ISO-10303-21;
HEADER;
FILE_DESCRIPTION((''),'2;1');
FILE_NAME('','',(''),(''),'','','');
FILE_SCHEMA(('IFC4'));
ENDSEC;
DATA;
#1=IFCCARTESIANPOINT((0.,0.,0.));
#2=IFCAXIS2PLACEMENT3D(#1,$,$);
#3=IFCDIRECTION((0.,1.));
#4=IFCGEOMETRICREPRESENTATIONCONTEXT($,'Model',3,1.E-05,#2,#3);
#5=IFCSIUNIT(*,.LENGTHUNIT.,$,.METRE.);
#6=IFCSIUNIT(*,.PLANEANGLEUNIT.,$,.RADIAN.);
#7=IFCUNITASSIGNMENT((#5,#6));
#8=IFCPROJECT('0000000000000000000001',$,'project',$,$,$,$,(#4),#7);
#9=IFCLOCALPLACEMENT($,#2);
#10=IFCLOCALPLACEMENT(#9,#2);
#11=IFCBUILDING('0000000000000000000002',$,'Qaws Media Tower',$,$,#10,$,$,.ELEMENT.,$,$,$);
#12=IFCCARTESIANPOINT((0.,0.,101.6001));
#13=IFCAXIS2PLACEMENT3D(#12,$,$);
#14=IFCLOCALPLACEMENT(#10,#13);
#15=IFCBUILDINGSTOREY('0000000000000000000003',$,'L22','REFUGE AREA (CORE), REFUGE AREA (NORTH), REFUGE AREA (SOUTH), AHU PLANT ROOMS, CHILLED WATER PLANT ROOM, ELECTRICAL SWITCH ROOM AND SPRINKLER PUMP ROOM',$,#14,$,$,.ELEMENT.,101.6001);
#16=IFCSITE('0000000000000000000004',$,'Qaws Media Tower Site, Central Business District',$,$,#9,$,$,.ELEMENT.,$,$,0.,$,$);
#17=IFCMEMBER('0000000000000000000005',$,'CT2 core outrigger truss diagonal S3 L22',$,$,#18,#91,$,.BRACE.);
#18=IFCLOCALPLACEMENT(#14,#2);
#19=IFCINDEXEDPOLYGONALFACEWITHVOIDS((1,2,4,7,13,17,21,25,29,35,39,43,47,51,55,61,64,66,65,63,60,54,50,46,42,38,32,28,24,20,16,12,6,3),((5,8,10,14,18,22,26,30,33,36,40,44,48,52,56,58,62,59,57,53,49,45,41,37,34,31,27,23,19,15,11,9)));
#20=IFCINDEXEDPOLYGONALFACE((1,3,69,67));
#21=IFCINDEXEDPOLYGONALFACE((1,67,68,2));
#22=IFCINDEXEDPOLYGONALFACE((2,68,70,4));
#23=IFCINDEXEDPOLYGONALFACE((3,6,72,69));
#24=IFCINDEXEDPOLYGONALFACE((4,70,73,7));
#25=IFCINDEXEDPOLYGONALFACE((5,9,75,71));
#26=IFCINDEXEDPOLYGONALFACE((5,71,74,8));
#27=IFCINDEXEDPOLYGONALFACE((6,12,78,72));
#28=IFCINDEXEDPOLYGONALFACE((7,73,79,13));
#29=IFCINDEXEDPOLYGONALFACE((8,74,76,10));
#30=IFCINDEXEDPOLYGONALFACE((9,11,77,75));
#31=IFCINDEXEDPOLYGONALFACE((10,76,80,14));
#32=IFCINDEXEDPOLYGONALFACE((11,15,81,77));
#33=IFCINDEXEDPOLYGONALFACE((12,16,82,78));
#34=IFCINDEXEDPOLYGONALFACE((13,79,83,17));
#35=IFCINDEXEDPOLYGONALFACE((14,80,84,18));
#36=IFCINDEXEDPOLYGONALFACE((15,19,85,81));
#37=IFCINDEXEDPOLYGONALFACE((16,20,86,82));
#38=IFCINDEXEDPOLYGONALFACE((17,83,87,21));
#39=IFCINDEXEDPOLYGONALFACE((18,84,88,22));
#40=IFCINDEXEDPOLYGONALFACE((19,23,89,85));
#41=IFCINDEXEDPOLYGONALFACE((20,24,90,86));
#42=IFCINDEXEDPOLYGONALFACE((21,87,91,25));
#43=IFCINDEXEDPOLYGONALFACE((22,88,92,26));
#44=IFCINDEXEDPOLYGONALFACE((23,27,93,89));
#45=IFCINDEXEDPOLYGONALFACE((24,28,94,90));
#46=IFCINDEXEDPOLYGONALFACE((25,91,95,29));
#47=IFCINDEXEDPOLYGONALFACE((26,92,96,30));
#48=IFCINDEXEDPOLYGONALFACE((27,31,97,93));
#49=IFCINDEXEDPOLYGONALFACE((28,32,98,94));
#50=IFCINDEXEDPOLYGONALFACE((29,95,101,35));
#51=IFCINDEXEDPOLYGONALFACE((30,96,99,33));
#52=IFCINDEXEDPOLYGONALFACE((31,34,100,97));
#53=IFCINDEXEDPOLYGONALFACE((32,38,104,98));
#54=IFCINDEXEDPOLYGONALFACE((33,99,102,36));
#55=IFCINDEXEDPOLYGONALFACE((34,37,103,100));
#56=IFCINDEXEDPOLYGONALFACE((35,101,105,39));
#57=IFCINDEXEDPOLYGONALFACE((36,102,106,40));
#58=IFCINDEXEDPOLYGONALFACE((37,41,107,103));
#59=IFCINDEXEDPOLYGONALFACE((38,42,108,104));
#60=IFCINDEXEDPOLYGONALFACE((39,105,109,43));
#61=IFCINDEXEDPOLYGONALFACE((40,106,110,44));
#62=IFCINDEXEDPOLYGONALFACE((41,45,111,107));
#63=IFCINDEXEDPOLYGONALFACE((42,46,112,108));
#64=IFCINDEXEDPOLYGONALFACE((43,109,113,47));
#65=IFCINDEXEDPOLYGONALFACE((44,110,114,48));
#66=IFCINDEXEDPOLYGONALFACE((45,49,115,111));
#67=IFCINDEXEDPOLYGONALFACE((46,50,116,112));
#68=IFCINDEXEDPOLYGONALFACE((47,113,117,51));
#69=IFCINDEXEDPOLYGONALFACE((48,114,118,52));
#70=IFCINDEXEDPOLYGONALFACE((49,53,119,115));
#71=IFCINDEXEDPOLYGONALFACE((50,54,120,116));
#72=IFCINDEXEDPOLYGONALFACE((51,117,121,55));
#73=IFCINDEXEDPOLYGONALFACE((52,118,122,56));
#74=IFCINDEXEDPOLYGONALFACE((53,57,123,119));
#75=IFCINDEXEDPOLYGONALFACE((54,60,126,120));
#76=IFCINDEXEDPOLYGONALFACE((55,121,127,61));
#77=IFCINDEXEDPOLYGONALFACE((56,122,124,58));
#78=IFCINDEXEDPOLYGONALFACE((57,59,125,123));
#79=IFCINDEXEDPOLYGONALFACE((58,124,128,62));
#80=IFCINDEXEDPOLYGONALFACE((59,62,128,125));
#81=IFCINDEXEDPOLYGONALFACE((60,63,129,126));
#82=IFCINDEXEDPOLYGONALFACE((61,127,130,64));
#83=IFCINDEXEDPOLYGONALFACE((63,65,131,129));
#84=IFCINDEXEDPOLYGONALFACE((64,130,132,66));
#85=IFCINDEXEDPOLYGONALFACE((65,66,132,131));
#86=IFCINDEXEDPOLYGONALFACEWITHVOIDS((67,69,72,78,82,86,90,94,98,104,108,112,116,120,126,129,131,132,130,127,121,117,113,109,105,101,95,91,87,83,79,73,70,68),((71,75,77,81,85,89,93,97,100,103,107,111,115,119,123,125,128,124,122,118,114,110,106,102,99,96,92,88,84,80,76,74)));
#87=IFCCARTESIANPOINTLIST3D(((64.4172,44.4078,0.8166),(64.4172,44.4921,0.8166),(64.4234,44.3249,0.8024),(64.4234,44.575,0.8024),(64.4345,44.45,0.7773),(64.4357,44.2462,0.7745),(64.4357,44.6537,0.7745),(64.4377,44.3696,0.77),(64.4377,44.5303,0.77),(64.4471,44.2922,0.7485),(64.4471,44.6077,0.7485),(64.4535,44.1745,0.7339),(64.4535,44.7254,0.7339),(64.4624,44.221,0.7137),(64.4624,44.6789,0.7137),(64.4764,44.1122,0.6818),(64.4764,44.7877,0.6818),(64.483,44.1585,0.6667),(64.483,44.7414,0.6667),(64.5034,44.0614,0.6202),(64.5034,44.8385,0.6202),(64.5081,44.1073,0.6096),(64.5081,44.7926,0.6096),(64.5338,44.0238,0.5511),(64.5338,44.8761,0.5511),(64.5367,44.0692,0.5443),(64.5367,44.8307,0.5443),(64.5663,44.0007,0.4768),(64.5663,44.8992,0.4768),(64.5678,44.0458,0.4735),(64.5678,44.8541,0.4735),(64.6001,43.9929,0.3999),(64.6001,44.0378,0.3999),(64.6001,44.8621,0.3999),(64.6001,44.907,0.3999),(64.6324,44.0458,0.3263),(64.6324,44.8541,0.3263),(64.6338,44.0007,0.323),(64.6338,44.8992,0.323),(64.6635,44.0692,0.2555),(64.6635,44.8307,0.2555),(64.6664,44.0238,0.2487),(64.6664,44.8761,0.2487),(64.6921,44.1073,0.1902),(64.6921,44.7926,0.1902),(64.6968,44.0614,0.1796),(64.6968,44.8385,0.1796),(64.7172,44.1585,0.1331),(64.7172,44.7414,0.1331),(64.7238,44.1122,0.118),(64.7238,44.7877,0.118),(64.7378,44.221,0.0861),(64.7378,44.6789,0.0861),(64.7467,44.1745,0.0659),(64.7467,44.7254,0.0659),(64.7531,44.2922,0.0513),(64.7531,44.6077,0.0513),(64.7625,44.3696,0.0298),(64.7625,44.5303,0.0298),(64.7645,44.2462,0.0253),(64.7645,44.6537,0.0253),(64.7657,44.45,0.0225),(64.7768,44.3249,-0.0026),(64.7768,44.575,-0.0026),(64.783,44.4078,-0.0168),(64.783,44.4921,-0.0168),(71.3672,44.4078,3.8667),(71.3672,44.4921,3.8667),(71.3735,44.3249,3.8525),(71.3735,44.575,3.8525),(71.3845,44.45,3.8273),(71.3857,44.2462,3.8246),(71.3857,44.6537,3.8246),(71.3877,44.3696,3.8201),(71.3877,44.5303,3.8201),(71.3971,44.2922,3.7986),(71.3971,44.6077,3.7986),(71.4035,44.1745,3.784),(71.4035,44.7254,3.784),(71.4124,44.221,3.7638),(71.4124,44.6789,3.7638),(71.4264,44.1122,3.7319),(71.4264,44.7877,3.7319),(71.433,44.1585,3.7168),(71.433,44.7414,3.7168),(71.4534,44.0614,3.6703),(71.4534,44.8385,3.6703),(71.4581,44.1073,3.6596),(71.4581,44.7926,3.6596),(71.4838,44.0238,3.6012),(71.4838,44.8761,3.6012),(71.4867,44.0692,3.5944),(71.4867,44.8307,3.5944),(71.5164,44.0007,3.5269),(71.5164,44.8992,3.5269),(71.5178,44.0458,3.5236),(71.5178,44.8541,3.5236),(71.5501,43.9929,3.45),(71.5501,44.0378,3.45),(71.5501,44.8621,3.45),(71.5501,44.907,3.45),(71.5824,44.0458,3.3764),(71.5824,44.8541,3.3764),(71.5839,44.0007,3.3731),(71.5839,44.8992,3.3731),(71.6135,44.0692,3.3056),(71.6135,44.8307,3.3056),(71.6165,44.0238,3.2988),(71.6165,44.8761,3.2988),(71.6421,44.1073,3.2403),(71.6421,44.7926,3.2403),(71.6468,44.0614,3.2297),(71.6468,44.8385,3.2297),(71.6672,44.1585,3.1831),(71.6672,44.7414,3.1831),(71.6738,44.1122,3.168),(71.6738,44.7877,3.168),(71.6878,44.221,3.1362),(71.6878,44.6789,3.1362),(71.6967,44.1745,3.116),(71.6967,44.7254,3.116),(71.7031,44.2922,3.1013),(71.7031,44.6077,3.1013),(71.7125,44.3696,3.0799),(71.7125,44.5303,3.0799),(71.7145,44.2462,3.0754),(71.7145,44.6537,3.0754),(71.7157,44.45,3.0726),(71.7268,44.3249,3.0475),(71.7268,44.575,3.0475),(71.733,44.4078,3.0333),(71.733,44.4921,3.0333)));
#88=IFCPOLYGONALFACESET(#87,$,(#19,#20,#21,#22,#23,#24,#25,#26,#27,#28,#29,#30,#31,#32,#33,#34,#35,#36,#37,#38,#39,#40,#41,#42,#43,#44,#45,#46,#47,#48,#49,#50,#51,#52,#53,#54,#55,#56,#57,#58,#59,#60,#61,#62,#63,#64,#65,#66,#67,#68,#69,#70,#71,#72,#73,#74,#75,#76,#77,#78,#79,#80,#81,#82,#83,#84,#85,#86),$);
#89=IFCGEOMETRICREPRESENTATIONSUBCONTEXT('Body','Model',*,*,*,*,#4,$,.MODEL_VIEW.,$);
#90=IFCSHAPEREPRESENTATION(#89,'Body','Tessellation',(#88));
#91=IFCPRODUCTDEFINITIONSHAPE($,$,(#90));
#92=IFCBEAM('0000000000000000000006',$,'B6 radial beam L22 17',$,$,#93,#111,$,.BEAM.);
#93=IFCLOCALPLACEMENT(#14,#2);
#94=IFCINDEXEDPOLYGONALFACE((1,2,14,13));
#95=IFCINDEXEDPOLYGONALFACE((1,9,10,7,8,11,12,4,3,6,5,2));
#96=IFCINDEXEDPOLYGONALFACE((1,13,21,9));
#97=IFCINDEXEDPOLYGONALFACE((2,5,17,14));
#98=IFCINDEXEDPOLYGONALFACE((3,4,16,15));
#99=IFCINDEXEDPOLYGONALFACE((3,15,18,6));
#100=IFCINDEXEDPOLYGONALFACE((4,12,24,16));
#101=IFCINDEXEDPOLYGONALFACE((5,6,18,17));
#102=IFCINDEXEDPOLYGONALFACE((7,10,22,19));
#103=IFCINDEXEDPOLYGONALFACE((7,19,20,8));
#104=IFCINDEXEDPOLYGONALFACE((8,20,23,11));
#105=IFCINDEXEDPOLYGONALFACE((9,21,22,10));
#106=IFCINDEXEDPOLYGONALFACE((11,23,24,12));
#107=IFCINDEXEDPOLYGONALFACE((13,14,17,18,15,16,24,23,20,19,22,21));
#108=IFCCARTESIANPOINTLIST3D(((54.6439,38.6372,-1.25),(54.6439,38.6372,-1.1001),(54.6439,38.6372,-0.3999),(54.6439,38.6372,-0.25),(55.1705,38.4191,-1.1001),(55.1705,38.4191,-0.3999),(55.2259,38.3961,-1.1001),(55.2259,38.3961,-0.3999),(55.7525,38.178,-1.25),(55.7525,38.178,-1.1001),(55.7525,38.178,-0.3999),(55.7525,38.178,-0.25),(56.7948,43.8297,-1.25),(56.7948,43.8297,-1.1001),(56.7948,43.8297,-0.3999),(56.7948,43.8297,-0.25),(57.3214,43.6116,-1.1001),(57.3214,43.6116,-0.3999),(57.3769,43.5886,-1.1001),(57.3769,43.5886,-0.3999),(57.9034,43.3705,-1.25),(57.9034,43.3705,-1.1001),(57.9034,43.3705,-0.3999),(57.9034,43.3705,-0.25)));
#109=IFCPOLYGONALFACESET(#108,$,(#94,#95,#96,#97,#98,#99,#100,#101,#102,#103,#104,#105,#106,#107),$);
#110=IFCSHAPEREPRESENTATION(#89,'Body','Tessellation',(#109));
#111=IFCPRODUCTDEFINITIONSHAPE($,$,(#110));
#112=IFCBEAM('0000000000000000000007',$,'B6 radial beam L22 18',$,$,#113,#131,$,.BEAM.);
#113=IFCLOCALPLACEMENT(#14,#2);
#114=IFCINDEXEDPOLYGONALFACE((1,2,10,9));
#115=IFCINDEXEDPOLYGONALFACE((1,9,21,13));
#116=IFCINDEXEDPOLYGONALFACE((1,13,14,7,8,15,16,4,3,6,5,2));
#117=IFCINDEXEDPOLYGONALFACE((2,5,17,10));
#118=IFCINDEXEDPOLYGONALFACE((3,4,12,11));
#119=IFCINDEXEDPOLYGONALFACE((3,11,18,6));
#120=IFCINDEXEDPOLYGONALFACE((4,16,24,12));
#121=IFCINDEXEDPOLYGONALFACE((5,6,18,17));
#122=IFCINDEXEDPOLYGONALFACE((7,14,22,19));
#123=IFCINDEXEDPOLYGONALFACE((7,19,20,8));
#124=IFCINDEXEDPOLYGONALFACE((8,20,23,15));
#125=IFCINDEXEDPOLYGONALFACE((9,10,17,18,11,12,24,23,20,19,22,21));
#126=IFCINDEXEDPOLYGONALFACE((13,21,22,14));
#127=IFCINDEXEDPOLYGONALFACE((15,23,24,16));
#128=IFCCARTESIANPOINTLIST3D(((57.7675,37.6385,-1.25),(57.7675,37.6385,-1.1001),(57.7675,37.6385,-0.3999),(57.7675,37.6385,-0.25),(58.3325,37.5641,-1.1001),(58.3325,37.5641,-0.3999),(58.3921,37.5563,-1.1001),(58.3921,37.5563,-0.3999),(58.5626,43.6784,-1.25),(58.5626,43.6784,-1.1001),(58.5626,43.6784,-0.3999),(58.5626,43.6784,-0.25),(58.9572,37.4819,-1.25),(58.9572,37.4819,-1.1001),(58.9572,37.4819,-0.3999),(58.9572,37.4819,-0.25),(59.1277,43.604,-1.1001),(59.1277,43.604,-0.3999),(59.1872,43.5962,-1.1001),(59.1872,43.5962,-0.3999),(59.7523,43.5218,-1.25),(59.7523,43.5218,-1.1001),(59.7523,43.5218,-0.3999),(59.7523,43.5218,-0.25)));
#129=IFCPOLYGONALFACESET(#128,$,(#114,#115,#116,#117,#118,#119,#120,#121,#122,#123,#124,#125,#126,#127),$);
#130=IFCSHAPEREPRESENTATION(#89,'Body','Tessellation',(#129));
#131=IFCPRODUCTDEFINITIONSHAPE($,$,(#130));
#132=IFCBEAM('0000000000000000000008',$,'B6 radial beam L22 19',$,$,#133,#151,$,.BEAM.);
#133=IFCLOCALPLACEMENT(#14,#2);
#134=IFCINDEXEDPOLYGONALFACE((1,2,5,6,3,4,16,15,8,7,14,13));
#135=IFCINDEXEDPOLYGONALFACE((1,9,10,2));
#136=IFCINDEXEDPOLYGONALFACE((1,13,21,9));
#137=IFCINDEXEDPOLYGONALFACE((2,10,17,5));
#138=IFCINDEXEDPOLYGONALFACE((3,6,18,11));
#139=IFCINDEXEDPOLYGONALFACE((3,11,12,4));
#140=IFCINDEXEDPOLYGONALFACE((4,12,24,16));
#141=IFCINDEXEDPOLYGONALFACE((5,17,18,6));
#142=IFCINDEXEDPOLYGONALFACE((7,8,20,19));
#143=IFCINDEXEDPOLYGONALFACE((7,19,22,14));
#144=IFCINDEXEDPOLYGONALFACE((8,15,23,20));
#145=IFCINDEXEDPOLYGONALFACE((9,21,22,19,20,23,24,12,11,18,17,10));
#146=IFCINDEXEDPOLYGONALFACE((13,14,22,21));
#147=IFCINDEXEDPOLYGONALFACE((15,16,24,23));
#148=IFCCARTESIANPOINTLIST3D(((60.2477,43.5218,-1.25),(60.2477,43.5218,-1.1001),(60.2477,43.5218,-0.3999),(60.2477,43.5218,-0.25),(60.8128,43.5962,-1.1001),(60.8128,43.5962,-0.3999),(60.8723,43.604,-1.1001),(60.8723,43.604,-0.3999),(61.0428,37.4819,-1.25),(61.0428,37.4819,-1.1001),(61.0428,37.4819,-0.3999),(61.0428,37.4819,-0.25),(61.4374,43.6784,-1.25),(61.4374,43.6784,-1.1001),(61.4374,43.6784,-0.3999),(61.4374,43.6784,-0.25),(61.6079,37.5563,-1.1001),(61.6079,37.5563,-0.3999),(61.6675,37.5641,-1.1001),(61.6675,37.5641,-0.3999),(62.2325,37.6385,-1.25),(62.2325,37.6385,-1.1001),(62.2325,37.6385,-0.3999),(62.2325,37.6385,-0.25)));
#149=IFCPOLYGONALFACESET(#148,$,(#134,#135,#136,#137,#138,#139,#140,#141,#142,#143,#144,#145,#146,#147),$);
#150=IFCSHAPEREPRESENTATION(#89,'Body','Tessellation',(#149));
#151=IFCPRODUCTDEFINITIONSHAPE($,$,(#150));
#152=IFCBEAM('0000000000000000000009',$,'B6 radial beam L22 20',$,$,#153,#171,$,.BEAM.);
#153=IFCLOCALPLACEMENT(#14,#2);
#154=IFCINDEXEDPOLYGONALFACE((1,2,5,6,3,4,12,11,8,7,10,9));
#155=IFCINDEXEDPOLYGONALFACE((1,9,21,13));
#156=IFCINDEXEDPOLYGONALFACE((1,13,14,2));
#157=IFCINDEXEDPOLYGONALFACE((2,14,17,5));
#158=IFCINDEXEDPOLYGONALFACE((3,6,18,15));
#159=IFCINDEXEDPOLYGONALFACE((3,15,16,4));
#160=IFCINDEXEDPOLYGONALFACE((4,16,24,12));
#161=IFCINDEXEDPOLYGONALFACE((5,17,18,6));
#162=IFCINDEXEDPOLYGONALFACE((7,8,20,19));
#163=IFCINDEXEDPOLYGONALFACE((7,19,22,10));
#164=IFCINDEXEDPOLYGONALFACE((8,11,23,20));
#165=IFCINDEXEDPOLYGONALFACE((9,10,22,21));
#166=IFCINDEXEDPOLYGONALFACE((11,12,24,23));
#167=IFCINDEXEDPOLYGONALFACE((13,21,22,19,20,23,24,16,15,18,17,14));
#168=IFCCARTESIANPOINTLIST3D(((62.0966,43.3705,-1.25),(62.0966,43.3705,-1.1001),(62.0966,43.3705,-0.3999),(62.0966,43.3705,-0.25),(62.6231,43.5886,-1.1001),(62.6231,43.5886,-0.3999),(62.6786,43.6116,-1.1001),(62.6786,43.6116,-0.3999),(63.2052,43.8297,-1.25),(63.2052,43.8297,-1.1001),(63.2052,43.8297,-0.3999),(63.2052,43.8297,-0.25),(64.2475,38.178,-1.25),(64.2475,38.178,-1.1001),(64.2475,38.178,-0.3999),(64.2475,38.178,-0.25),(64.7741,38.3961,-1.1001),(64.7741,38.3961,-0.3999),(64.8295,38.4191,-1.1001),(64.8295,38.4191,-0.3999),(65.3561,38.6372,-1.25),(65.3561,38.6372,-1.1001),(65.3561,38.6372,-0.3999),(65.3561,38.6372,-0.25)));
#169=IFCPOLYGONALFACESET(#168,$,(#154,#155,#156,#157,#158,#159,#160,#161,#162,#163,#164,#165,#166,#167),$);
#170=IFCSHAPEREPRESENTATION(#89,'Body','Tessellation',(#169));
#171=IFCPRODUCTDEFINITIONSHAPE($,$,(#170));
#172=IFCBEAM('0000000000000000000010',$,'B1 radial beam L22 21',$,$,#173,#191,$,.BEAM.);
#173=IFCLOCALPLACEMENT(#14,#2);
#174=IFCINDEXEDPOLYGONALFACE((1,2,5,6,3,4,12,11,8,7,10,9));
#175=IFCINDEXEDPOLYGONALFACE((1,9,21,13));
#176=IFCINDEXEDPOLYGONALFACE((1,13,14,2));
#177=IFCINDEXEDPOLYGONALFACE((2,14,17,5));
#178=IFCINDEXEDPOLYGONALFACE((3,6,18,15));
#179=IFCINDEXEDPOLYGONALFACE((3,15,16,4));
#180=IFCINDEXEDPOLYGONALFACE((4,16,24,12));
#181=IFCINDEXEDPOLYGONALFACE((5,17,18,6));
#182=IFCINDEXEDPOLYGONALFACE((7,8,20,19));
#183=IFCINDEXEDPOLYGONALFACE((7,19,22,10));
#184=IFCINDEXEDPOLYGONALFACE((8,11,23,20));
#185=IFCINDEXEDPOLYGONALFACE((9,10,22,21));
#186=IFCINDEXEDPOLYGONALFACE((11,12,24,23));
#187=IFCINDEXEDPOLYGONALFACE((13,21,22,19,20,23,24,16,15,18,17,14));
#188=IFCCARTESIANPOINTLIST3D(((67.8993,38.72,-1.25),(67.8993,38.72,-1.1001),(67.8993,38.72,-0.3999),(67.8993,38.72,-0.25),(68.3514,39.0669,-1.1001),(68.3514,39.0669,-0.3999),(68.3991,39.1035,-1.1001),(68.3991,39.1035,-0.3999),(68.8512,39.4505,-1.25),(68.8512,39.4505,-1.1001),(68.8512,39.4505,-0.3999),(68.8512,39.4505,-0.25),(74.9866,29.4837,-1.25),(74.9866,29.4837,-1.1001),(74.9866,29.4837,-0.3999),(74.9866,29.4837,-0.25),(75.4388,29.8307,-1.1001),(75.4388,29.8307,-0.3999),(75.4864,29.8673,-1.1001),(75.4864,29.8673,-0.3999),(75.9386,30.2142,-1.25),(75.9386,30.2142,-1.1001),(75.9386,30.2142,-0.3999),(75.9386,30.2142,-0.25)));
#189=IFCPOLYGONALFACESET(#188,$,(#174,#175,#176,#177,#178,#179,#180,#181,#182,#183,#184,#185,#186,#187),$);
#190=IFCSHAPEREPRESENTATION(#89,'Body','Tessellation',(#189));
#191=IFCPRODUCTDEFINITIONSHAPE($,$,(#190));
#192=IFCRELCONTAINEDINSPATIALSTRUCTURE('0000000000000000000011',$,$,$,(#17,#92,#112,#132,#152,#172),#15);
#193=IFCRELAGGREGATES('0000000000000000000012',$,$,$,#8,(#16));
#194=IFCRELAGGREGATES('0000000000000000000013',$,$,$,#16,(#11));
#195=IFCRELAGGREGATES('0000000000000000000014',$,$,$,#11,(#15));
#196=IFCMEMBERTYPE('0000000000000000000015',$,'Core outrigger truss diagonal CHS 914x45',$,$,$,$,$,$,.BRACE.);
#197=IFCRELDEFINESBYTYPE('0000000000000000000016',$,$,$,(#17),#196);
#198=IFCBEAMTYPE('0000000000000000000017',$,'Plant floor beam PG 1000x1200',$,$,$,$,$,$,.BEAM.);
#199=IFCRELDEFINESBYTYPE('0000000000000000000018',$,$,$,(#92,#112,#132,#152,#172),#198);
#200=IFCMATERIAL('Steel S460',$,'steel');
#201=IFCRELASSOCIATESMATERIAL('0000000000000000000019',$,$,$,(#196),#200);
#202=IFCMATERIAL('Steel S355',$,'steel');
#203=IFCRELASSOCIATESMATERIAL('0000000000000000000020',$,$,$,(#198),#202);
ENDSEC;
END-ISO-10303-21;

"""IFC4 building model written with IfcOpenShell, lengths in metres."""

from ifc_helpers import new_model, si_unit, direction, frame, origin, origin_2d, place, context, subcontext, project, spatial, hollow_circle, i_section, extrude, material, material_profile, profile_set, type_object, element, save


model = new_model("IFC4")

# Units and contexts
model_context = context("Model", 3, precision=1e-05, world=origin(), true_north=direction((0.0, 1.0)))
body_context = subcontext(model_context, "Body", "Model", "MODEL_VIEW")
ifc_project = project(units=[si_unit("LENGTHUNIT", "METRE"), si_unit("PLANEANGLEUNIT", "RADIAN")], contexts=[model_context])

# Site, building, storey
site_placement = place(None, origin())
site = spatial("IfcSite", under=ifc_project, at=site_placement, Name="Qaws Media Tower Site, Central Business District", CompositionType="ELEMENT", RefElevation=0.0)
building_placement = place(site_placement, origin())
building = spatial("IfcBuilding", under=site, at=building_placement, Name="Qaws Media Tower", CompositionType="ELEMENT")
storey_placement = place(building_placement, frame((0.0, 0.0, 101.6001)))
storey = spatial("IfcBuildingStorey", under=building, at=storey_placement, Name="L22", Description="REFUGE AREA (CORE), REFUGE AREA (NORTH), REFUGE AREA (SOUTH), AHU PLANT ROOMS, CHILLED WATER PLANT ROOM, ELECTRICAL SWITCH ROOM AND SPRINKLER PUMP ROOM", CompositionType="ELEMENT", Elevation=101.6001)

# Member
ifc_material_1 = material(Name="Steel S460", Category="steel")
ifc_material_profile_1 = material_profile(ifc_material_1, hollow_circle(Radius=0.457, WallThickness=0.0449, at=origin_2d()), Name="CHS 914x45")
ifc_profile_set_1 = profile_set([ifc_material_profile_1], Name="Steel S460")
member_type = type_object("IfcMemberType", Name="Core outrigger truss diagonal CHS 914x45", PredefinedType="BRACE", material=ifc_profile_set_1)
member_1_placement = place(storey_placement, frame((64.6001, 44.45, 0.3999), z_axis=(0.9157, 0.0, 0.401863), x_axis=(0.0, 1.0, 0.0)))
element("IfcMember", 1, at=member_1_placement, inside=storey, type_object=member_type, Name="CT2 core outrigger truss diagonal S3 L22", PredefinedType="BRACE", context=body_context, shape_type="SweptSolid", body=[
    extrude(hollow_circle(Radius=0.457, WallThickness=0.0449, at=origin_2d()), origin(), (0.0, 0.0, 1.0), 7.5898),
])

# Beams
ifc_material_2 = material(Name="Steel S355", Category="steel")
ifc_material_profile_2 = material_profile(ifc_material_2, i_section(OverallWidth=1.2, OverallDepth=1.0, WebThickness=0.0601, FlangeThickness=0.1499, at=origin_2d()), Name="PG 1000x1200")
ifc_profile_set_2 = profile_set([ifc_material_profile_2], Name="Steel S355")
beam_type_1 = type_object("IfcBeamType", Name="Plant floor beam PG 1000x1200", PredefinedType="BEAM", material=ifc_profile_set_2)
beam_1_placement = place(storey_placement, frame((57.3491, 43.6001, -0.75), z_axis=(-0.382702, -0.923872, 0.0), x_axis=(0.923872, -0.382702, 0.0)))
element("IfcBeam", 2, at=beam_1_placement, inside=storey, type_object=beam_type_1, Name="B6 radial beam L22 17", PredefinedType="BEAM", context=body_context, shape_type="SweptSolid", body=[
    extrude(i_section(OverallWidth=1.2, OverallDepth=1.0, WebThickness=0.0601, FlangeThickness=0.1499, at=origin_2d()), origin(), (0.0, 0.0, 1.0), 5.6204),
])
for number, where, z_axis, x_axis, name in (
    (3, (59.1575, 43.6001, -0.75), (-0.130523, -0.991445, 0.0), (0.991445, -0.130523, 0.0), "B6 radial beam L22 18"),
    (4, (60.8425, 43.6001, -0.75), (0.130523, -0.991445, 0.0), (0.991445, 0.130523, 0.0), "B6 radial beam L22 19"),
):
    element("IfcBeam", number, at=place(storey_placement, frame(where, z_axis=z_axis, x_axis=x_axis)), inside=storey, type_object=beam_type_1, Name=name, PredefinedType="BEAM", context=body_context, shape_type="SweptSolid", body=[
        extrude(i_section(OverallWidth=1.2, OverallDepth=1.0, WebThickness=0.0601, FlangeThickness=0.1499, at=origin_2d()), origin(), (0.0, 0.0, 1.0), 6.092),
    ])
beam_2_placement = place(storey_placement, frame((62.6509, 43.6001, -0.75), z_axis=(0.382702, -0.923872, 0.0), x_axis=(0.923872, 0.382702, 0.0)))
element("IfcBeam", 5, at=beam_2_placement, inside=storey, type_object=beam_type_1, Name="B6 radial beam L22 20", PredefinedType="BEAM", context=body_context, shape_type="SweptSolid", body=[
    extrude(i_section(OverallWidth=1.2, OverallDepth=1.0, WebThickness=0.0601, FlangeThickness=0.1499, at=origin_2d()), origin(), (0.0, 0.0, 1.0), 5.6204),
])
beam_3_placement = place(storey_placement, frame((68.3752, 39.0852, -0.75), z_axis=(0.608768, -0.793348, 0.0), x_axis=(0.793348, 0.608768, 0.0)))
element("IfcBeam", 6, at=beam_3_placement, inside=storey, type_object=beam_type_1, Name="B1 radial beam L22 21", PredefinedType="BEAM", context=body_context, shape_type="SweptSolid", body=[
    extrude(i_section(OverallWidth=1.2, OverallDepth=1.0, WebThickness=0.0601, FlangeThickness=0.1499, at=origin_2d()), origin(), (0.0, 0.0, 1.0), 11.6421),
])

save(model, "model.ifc")
